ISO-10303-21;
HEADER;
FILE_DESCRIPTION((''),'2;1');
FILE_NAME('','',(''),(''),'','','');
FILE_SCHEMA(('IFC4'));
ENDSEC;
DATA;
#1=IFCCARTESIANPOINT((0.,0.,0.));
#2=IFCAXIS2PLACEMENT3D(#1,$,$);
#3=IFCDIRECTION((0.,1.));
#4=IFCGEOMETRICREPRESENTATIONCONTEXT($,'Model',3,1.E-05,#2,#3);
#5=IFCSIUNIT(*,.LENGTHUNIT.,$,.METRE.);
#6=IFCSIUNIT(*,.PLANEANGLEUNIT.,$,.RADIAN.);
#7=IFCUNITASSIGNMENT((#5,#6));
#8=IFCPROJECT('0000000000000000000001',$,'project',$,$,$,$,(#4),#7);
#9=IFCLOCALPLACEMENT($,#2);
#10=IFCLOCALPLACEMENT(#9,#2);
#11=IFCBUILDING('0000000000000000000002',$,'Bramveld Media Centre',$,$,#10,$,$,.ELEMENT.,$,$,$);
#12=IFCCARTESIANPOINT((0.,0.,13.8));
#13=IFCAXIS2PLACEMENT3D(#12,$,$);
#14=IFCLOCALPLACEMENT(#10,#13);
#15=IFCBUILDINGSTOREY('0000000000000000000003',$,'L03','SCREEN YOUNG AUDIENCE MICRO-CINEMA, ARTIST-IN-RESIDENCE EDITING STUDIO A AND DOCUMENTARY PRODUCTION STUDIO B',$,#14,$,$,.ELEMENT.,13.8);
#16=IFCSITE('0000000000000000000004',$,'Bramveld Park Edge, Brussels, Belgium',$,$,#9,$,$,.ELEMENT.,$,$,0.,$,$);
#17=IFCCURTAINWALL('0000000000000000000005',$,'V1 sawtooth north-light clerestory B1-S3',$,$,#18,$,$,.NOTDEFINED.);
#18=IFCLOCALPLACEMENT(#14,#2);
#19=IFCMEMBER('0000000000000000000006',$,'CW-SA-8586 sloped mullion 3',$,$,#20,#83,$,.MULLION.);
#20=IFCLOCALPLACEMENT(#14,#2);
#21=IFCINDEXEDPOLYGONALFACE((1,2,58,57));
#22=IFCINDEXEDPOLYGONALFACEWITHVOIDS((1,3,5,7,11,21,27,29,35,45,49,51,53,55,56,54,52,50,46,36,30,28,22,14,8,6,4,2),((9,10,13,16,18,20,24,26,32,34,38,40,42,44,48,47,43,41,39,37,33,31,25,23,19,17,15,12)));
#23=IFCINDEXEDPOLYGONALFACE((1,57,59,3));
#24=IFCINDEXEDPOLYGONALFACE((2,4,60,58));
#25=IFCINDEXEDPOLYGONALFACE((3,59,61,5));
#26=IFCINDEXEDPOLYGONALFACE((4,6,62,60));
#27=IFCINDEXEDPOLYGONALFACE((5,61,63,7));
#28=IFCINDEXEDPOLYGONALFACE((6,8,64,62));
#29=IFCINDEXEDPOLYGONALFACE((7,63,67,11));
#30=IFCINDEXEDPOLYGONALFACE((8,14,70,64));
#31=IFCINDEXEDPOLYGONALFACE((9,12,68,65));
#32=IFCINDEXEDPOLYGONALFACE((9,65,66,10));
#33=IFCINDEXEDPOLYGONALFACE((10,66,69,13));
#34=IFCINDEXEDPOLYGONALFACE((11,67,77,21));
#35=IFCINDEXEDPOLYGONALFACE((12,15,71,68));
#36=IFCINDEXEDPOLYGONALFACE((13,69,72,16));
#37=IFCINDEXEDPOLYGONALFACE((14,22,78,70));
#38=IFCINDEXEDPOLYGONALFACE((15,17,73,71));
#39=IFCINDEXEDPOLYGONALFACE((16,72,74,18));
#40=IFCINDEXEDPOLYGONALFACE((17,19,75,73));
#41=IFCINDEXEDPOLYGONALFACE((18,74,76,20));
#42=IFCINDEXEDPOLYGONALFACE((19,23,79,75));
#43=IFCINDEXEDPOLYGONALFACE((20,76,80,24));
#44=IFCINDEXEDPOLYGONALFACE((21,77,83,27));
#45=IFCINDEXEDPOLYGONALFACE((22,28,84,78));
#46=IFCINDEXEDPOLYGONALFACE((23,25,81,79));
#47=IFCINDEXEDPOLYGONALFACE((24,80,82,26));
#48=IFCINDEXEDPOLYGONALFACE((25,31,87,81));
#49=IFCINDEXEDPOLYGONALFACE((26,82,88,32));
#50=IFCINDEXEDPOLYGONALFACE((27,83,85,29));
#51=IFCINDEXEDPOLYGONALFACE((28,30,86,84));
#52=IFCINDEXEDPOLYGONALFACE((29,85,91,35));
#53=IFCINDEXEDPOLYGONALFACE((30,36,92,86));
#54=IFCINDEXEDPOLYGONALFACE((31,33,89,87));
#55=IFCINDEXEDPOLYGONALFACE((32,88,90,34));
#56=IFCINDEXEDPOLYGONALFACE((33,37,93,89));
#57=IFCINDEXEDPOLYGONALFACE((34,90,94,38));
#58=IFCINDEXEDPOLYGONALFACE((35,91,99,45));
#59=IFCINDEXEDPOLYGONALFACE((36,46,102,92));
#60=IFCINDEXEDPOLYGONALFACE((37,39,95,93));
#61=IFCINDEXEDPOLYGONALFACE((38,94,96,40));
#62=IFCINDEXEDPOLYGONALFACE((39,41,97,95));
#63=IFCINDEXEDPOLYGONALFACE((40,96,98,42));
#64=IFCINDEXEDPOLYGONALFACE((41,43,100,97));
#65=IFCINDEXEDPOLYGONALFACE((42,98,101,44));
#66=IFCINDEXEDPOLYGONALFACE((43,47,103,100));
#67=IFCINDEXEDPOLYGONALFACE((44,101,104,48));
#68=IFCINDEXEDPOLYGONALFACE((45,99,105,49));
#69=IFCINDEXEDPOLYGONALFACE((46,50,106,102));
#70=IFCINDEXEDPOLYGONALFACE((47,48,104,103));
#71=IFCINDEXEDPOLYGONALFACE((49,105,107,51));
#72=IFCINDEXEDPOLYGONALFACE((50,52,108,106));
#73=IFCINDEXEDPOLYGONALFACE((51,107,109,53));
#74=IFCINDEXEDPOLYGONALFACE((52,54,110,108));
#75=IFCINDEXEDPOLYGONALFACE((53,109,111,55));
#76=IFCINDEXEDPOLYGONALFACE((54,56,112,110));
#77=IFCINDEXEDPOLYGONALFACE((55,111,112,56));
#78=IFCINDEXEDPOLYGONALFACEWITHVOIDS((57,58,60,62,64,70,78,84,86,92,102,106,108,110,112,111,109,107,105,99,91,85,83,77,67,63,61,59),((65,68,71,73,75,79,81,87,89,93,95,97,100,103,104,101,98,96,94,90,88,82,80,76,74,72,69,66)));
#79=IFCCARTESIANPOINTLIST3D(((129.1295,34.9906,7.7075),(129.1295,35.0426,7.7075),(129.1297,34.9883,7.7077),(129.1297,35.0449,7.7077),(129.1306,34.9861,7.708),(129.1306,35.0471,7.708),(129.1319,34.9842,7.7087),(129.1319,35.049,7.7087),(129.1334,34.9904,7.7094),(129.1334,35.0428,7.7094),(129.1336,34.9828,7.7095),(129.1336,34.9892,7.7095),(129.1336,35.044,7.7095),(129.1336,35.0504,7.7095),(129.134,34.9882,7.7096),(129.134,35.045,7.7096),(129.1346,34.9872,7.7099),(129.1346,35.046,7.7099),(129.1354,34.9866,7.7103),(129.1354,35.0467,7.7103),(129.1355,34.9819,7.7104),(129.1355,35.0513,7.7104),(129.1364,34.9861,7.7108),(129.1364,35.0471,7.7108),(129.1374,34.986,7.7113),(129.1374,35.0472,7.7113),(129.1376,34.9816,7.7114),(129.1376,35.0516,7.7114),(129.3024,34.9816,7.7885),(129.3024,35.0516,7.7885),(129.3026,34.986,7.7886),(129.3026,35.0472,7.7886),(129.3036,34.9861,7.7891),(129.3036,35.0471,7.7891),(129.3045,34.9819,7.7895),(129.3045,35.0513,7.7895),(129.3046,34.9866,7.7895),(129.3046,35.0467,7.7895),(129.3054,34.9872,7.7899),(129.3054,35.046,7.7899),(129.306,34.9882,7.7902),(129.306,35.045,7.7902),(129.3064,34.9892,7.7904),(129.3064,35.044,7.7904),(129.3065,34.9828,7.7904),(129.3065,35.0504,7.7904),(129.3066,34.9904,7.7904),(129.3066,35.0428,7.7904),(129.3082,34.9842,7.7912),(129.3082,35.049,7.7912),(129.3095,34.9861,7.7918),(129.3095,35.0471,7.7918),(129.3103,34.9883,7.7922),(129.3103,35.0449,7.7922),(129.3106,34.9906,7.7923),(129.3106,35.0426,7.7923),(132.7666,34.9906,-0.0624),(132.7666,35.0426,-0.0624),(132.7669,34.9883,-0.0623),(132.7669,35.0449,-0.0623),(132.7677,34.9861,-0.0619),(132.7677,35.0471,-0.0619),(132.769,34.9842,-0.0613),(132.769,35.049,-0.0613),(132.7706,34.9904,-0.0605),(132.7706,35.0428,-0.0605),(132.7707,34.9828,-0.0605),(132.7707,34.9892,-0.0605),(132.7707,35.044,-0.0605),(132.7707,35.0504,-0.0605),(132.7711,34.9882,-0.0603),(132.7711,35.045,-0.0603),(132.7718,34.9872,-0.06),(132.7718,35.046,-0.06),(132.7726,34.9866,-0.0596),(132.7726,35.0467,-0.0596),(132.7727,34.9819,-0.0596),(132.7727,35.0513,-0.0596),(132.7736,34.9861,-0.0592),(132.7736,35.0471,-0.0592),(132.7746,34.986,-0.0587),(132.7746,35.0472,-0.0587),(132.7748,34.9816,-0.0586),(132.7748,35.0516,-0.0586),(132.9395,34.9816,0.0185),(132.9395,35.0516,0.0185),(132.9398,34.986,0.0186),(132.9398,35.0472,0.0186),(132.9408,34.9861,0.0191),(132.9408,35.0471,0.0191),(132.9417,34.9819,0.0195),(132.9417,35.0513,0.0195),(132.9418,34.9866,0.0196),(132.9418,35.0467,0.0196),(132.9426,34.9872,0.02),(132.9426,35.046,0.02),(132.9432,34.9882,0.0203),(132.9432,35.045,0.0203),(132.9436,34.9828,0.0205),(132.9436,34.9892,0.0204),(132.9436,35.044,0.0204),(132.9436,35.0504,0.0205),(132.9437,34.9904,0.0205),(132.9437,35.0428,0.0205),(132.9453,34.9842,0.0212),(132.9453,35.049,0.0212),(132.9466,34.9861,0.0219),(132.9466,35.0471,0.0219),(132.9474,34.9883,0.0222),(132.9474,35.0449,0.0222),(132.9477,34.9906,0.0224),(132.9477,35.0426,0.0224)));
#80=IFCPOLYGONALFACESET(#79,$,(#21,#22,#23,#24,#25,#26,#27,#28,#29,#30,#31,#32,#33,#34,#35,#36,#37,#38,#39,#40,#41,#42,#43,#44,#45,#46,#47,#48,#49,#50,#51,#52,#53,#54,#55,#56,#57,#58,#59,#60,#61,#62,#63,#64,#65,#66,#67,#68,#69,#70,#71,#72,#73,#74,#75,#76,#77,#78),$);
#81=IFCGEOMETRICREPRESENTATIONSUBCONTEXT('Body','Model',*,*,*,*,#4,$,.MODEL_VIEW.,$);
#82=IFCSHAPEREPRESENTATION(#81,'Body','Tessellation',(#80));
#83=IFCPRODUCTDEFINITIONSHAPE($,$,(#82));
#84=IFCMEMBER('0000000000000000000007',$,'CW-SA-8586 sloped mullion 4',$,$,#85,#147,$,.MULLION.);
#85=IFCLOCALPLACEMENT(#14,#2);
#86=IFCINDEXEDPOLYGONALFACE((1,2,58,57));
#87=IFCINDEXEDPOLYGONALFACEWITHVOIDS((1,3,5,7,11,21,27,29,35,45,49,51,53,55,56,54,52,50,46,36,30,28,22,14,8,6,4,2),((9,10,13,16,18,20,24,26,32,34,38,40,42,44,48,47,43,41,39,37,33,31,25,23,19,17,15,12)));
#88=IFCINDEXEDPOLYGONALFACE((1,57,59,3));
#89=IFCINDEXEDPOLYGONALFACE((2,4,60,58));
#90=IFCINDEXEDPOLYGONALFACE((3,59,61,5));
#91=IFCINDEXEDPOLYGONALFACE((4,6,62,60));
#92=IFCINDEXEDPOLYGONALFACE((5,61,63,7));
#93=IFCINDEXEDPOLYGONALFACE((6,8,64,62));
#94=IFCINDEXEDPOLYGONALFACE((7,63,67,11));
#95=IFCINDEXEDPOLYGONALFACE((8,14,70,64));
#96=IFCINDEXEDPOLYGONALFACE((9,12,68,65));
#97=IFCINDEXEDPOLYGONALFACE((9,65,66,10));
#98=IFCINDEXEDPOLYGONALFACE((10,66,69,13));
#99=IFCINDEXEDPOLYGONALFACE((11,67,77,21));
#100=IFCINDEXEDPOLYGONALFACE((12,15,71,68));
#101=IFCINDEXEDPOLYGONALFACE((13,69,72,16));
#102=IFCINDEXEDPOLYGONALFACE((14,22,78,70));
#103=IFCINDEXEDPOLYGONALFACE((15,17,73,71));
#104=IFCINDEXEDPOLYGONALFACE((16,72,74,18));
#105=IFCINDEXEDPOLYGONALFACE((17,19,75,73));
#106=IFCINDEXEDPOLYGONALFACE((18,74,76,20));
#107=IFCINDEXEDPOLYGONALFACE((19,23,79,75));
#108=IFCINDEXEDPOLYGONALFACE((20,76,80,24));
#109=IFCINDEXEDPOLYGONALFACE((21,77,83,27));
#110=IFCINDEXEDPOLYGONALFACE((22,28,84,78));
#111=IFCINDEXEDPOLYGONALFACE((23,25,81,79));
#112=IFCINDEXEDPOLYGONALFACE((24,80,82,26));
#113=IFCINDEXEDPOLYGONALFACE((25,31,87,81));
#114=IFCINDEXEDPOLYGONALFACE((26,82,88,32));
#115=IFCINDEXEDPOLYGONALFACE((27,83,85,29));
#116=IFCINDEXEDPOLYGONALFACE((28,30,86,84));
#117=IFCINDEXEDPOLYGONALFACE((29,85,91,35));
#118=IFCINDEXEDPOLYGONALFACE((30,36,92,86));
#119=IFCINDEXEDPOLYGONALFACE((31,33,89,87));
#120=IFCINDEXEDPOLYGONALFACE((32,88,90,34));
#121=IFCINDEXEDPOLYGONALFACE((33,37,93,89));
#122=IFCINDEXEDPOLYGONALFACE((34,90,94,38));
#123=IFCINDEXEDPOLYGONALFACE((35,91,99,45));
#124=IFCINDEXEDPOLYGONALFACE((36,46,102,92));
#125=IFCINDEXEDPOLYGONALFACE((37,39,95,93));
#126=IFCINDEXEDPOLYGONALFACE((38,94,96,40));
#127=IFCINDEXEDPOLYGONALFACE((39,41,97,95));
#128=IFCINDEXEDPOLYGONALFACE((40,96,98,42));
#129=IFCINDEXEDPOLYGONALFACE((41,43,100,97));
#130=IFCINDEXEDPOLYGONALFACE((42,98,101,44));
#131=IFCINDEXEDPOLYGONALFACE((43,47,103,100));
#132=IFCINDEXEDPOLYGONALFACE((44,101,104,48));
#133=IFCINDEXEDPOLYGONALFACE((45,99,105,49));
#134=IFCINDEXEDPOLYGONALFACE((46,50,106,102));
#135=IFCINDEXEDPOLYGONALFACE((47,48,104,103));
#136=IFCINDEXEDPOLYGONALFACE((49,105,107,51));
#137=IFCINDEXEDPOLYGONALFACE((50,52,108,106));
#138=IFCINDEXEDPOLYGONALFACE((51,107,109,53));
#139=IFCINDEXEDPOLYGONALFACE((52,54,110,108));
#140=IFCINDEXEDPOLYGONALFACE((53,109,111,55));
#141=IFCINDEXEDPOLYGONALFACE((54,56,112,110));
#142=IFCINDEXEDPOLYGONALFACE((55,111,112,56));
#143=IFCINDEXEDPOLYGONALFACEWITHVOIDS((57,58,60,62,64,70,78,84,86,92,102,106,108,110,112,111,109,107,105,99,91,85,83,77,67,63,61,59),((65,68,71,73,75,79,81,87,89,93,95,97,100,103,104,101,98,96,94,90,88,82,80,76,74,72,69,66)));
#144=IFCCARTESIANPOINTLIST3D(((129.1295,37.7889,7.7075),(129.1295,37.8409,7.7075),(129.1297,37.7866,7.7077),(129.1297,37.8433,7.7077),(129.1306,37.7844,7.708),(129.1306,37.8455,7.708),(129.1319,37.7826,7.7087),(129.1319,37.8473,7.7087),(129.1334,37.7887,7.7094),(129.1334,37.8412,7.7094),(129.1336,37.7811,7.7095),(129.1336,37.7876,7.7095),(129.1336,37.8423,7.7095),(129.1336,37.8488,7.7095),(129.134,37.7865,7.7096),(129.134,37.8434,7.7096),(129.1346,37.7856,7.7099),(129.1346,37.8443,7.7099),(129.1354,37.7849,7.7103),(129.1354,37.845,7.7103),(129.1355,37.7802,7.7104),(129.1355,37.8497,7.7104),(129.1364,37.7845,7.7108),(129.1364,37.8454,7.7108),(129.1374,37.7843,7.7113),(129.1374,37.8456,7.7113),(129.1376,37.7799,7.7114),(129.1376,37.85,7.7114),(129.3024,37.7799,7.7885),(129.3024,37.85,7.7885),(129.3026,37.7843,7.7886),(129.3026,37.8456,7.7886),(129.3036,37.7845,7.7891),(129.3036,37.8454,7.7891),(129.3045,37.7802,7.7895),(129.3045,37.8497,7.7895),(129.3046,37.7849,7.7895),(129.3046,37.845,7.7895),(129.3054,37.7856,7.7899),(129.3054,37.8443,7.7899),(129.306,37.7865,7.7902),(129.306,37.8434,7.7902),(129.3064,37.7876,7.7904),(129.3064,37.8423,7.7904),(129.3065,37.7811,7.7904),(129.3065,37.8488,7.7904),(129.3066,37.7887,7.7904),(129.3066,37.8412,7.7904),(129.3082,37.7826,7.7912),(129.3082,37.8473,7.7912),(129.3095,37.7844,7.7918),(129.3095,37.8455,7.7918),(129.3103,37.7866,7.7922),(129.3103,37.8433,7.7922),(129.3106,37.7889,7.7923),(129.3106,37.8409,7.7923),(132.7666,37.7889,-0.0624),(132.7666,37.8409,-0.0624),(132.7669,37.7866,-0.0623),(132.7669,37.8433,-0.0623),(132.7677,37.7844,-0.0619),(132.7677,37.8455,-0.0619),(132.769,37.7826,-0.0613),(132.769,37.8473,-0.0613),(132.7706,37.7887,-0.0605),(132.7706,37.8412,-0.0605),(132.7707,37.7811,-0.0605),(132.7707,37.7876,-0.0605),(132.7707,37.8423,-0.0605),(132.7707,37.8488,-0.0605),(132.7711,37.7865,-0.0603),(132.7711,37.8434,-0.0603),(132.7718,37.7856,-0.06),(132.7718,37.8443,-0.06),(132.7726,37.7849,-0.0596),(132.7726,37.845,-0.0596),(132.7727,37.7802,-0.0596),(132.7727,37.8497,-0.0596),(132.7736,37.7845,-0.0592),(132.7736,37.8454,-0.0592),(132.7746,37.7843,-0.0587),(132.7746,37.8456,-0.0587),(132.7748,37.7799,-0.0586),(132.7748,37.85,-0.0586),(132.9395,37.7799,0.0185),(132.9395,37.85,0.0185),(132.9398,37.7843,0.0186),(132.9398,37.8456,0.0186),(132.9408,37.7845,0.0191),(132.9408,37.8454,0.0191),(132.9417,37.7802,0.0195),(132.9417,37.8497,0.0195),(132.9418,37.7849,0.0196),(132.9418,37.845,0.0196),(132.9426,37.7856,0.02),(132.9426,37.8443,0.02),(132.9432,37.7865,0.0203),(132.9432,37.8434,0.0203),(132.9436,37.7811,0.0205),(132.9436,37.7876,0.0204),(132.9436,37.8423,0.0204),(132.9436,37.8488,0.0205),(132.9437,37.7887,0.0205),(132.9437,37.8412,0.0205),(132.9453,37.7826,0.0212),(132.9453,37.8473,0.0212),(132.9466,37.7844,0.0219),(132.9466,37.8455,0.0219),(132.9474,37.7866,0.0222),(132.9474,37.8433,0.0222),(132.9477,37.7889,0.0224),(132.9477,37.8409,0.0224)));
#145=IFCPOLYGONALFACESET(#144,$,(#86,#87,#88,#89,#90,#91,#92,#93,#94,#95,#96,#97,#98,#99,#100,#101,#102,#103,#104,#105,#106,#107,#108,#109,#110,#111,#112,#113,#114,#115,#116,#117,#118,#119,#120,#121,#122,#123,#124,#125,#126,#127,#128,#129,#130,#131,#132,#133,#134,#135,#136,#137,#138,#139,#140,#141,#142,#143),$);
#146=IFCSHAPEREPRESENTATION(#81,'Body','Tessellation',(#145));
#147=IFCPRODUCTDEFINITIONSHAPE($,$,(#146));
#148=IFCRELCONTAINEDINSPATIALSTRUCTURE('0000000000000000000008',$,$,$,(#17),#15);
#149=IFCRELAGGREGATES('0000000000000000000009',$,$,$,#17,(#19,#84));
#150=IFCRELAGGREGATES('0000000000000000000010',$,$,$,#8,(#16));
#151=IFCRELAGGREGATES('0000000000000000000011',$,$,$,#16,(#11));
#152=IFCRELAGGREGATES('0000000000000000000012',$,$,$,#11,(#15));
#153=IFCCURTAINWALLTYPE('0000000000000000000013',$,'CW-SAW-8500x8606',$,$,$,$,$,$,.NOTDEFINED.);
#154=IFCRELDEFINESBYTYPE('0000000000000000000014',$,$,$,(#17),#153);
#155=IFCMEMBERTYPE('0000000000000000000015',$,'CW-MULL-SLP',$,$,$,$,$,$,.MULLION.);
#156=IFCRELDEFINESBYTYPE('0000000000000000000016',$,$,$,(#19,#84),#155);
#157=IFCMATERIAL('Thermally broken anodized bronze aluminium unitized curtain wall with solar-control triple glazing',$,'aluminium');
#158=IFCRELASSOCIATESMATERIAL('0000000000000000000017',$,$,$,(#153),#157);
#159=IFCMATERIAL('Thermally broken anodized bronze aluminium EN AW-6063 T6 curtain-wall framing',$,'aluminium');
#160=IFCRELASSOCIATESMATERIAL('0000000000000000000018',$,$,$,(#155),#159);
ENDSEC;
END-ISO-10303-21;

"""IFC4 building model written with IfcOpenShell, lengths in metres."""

from ifc_helpers import new_model, si_unit, direction, frame, origin, origin_2d, place, context, subcontext, project, spatial, hollow_rectangle, extrude, material, material_profile, profile_set, type_object, element, aggregate, save


model = new_model("IFC4")

# Units and contexts
model_context = context("Model", 3, precision=1e-05, world=origin(), true_north=direction((0.0, 1.0)))
body_context = subcontext(model_context, "Body", "Model", "MODEL_VIEW")
ifc_project = project(units=[si_unit("LENGTHUNIT", "METRE"), si_unit("PLANEANGLEUNIT", "RADIAN")], contexts=[model_context])

# Site, building, storey
site_placement = place(None, origin())
site = spatial("IfcSite", under=ifc_project, at=site_placement, Name="Bramveld Park Edge, Brussels, Belgium", CompositionType="ELEMENT", RefElevation=0.0)
building_placement = place(site_placement, origin())
building = spatial("IfcBuilding", under=site, at=building_placement, Name="Bramveld Media Centre", CompositionType="ELEMENT")
storey_placement = place(building_placement, frame((0.0, 0.0, 13.8)))
storey = spatial("IfcBuildingStorey", under=building, at=storey_placement, Name="L03", Description="SCREEN YOUNG AUDIENCE MICRO-CINEMA, ARTIST-IN-RESIDENCE EDITING STUDIO A AND DOCUMENTARY PRODUCTION STUDIO B", CompositionType="ELEMENT", Elevation=13.8)

# Curtain wall, members
ifc_material_1 = material(Name="Thermally broken anodized bronze aluminium unitized curtain wall with solar-control triple glazing", Category="aluminium")
curtain_wall_type = type_object("IfcCurtainWallType", Name="CW-SAW-8500x8606", PredefinedType="NOTDEFINED", material=ifc_material_1)
curtain_wall_placement = place(storey_placement, origin())
curtain_wall = element("IfcCurtainWall", 1, at=curtain_wall_placement, inside=storey, type_object=curtain_wall_type, Name="V1 sawtooth north-light clerestory B1-S3", PredefinedType="NOTDEFINED")
ifc_material_2 = material(Name="Thermally broken anodized bronze aluminium EN AW-6063 T6 curtain-wall framing", Category="aluminium")
ifc_material_profile_1 = material_profile(ifc_material_2, hollow_rectangle(XDim=0.0701, YDim=0.2, WallThickness=0.0044, InnerFilletRadius=0.0044, OuterFilletRadius=0.009, at=origin_2d()), Name="AL-MULL 70x200")
ifc_profile_set_1 = profile_set([ifc_material_profile_1], Name="Thermally broken anodized bronze aluminium EN AW-6063 T6 curtain-wall framing")
member_type_1 = type_object("IfcMemberType", Name="CW-MULL-SLP", PredefinedType="MULLION", material=ifc_profile_set_1)
member_1_placement = place(storey_placement, frame((132.8572, 35.0166, -0.02), z_axis=(-0.423957, 0.0, 0.905682), x_axis=(0.0, -1.0, 0.0)))
member_1 = element("IfcMember", 2, at=member_1_placement, type_object=member_type_1, Name="CW-SA-8586 sloped mullion 3", PredefinedType="MULLION", context=body_context, shape_type="SweptSolid", body=[
    extrude(hollow_rectangle(XDim=0.0701, YDim=0.2, WallThickness=0.0044, InnerFilletRadius=0.0044, OuterFilletRadius=0.009, at=origin_2d()), origin(), (0.0, 0.0, 1.0), 8.5791),
])
member_2_placement = place(storey_placement, frame((132.8572, 37.8149, -0.02), z_axis=(-0.423957, 0.0, 0.905682), x_axis=(0.0, -1.0, 0.0)))
member_2 = element("IfcMember", 3, at=member_2_placement, type_object=member_type_1, Name="CW-SA-8586 sloped mullion 4", PredefinedType="MULLION", context=body_context, shape_type="SweptSolid", body=[
    extrude(hollow_rectangle(XDim=0.0701, YDim=0.2, WallThickness=0.0044, InnerFilletRadius=0.0044, OuterFilletRadius=0.009, at=origin_2d()), origin(), (0.0, 0.0, 1.0), 8.5791),
])

aggregate(curtain_wall, [member_1, member_2])

save(model, "model.ifc")
